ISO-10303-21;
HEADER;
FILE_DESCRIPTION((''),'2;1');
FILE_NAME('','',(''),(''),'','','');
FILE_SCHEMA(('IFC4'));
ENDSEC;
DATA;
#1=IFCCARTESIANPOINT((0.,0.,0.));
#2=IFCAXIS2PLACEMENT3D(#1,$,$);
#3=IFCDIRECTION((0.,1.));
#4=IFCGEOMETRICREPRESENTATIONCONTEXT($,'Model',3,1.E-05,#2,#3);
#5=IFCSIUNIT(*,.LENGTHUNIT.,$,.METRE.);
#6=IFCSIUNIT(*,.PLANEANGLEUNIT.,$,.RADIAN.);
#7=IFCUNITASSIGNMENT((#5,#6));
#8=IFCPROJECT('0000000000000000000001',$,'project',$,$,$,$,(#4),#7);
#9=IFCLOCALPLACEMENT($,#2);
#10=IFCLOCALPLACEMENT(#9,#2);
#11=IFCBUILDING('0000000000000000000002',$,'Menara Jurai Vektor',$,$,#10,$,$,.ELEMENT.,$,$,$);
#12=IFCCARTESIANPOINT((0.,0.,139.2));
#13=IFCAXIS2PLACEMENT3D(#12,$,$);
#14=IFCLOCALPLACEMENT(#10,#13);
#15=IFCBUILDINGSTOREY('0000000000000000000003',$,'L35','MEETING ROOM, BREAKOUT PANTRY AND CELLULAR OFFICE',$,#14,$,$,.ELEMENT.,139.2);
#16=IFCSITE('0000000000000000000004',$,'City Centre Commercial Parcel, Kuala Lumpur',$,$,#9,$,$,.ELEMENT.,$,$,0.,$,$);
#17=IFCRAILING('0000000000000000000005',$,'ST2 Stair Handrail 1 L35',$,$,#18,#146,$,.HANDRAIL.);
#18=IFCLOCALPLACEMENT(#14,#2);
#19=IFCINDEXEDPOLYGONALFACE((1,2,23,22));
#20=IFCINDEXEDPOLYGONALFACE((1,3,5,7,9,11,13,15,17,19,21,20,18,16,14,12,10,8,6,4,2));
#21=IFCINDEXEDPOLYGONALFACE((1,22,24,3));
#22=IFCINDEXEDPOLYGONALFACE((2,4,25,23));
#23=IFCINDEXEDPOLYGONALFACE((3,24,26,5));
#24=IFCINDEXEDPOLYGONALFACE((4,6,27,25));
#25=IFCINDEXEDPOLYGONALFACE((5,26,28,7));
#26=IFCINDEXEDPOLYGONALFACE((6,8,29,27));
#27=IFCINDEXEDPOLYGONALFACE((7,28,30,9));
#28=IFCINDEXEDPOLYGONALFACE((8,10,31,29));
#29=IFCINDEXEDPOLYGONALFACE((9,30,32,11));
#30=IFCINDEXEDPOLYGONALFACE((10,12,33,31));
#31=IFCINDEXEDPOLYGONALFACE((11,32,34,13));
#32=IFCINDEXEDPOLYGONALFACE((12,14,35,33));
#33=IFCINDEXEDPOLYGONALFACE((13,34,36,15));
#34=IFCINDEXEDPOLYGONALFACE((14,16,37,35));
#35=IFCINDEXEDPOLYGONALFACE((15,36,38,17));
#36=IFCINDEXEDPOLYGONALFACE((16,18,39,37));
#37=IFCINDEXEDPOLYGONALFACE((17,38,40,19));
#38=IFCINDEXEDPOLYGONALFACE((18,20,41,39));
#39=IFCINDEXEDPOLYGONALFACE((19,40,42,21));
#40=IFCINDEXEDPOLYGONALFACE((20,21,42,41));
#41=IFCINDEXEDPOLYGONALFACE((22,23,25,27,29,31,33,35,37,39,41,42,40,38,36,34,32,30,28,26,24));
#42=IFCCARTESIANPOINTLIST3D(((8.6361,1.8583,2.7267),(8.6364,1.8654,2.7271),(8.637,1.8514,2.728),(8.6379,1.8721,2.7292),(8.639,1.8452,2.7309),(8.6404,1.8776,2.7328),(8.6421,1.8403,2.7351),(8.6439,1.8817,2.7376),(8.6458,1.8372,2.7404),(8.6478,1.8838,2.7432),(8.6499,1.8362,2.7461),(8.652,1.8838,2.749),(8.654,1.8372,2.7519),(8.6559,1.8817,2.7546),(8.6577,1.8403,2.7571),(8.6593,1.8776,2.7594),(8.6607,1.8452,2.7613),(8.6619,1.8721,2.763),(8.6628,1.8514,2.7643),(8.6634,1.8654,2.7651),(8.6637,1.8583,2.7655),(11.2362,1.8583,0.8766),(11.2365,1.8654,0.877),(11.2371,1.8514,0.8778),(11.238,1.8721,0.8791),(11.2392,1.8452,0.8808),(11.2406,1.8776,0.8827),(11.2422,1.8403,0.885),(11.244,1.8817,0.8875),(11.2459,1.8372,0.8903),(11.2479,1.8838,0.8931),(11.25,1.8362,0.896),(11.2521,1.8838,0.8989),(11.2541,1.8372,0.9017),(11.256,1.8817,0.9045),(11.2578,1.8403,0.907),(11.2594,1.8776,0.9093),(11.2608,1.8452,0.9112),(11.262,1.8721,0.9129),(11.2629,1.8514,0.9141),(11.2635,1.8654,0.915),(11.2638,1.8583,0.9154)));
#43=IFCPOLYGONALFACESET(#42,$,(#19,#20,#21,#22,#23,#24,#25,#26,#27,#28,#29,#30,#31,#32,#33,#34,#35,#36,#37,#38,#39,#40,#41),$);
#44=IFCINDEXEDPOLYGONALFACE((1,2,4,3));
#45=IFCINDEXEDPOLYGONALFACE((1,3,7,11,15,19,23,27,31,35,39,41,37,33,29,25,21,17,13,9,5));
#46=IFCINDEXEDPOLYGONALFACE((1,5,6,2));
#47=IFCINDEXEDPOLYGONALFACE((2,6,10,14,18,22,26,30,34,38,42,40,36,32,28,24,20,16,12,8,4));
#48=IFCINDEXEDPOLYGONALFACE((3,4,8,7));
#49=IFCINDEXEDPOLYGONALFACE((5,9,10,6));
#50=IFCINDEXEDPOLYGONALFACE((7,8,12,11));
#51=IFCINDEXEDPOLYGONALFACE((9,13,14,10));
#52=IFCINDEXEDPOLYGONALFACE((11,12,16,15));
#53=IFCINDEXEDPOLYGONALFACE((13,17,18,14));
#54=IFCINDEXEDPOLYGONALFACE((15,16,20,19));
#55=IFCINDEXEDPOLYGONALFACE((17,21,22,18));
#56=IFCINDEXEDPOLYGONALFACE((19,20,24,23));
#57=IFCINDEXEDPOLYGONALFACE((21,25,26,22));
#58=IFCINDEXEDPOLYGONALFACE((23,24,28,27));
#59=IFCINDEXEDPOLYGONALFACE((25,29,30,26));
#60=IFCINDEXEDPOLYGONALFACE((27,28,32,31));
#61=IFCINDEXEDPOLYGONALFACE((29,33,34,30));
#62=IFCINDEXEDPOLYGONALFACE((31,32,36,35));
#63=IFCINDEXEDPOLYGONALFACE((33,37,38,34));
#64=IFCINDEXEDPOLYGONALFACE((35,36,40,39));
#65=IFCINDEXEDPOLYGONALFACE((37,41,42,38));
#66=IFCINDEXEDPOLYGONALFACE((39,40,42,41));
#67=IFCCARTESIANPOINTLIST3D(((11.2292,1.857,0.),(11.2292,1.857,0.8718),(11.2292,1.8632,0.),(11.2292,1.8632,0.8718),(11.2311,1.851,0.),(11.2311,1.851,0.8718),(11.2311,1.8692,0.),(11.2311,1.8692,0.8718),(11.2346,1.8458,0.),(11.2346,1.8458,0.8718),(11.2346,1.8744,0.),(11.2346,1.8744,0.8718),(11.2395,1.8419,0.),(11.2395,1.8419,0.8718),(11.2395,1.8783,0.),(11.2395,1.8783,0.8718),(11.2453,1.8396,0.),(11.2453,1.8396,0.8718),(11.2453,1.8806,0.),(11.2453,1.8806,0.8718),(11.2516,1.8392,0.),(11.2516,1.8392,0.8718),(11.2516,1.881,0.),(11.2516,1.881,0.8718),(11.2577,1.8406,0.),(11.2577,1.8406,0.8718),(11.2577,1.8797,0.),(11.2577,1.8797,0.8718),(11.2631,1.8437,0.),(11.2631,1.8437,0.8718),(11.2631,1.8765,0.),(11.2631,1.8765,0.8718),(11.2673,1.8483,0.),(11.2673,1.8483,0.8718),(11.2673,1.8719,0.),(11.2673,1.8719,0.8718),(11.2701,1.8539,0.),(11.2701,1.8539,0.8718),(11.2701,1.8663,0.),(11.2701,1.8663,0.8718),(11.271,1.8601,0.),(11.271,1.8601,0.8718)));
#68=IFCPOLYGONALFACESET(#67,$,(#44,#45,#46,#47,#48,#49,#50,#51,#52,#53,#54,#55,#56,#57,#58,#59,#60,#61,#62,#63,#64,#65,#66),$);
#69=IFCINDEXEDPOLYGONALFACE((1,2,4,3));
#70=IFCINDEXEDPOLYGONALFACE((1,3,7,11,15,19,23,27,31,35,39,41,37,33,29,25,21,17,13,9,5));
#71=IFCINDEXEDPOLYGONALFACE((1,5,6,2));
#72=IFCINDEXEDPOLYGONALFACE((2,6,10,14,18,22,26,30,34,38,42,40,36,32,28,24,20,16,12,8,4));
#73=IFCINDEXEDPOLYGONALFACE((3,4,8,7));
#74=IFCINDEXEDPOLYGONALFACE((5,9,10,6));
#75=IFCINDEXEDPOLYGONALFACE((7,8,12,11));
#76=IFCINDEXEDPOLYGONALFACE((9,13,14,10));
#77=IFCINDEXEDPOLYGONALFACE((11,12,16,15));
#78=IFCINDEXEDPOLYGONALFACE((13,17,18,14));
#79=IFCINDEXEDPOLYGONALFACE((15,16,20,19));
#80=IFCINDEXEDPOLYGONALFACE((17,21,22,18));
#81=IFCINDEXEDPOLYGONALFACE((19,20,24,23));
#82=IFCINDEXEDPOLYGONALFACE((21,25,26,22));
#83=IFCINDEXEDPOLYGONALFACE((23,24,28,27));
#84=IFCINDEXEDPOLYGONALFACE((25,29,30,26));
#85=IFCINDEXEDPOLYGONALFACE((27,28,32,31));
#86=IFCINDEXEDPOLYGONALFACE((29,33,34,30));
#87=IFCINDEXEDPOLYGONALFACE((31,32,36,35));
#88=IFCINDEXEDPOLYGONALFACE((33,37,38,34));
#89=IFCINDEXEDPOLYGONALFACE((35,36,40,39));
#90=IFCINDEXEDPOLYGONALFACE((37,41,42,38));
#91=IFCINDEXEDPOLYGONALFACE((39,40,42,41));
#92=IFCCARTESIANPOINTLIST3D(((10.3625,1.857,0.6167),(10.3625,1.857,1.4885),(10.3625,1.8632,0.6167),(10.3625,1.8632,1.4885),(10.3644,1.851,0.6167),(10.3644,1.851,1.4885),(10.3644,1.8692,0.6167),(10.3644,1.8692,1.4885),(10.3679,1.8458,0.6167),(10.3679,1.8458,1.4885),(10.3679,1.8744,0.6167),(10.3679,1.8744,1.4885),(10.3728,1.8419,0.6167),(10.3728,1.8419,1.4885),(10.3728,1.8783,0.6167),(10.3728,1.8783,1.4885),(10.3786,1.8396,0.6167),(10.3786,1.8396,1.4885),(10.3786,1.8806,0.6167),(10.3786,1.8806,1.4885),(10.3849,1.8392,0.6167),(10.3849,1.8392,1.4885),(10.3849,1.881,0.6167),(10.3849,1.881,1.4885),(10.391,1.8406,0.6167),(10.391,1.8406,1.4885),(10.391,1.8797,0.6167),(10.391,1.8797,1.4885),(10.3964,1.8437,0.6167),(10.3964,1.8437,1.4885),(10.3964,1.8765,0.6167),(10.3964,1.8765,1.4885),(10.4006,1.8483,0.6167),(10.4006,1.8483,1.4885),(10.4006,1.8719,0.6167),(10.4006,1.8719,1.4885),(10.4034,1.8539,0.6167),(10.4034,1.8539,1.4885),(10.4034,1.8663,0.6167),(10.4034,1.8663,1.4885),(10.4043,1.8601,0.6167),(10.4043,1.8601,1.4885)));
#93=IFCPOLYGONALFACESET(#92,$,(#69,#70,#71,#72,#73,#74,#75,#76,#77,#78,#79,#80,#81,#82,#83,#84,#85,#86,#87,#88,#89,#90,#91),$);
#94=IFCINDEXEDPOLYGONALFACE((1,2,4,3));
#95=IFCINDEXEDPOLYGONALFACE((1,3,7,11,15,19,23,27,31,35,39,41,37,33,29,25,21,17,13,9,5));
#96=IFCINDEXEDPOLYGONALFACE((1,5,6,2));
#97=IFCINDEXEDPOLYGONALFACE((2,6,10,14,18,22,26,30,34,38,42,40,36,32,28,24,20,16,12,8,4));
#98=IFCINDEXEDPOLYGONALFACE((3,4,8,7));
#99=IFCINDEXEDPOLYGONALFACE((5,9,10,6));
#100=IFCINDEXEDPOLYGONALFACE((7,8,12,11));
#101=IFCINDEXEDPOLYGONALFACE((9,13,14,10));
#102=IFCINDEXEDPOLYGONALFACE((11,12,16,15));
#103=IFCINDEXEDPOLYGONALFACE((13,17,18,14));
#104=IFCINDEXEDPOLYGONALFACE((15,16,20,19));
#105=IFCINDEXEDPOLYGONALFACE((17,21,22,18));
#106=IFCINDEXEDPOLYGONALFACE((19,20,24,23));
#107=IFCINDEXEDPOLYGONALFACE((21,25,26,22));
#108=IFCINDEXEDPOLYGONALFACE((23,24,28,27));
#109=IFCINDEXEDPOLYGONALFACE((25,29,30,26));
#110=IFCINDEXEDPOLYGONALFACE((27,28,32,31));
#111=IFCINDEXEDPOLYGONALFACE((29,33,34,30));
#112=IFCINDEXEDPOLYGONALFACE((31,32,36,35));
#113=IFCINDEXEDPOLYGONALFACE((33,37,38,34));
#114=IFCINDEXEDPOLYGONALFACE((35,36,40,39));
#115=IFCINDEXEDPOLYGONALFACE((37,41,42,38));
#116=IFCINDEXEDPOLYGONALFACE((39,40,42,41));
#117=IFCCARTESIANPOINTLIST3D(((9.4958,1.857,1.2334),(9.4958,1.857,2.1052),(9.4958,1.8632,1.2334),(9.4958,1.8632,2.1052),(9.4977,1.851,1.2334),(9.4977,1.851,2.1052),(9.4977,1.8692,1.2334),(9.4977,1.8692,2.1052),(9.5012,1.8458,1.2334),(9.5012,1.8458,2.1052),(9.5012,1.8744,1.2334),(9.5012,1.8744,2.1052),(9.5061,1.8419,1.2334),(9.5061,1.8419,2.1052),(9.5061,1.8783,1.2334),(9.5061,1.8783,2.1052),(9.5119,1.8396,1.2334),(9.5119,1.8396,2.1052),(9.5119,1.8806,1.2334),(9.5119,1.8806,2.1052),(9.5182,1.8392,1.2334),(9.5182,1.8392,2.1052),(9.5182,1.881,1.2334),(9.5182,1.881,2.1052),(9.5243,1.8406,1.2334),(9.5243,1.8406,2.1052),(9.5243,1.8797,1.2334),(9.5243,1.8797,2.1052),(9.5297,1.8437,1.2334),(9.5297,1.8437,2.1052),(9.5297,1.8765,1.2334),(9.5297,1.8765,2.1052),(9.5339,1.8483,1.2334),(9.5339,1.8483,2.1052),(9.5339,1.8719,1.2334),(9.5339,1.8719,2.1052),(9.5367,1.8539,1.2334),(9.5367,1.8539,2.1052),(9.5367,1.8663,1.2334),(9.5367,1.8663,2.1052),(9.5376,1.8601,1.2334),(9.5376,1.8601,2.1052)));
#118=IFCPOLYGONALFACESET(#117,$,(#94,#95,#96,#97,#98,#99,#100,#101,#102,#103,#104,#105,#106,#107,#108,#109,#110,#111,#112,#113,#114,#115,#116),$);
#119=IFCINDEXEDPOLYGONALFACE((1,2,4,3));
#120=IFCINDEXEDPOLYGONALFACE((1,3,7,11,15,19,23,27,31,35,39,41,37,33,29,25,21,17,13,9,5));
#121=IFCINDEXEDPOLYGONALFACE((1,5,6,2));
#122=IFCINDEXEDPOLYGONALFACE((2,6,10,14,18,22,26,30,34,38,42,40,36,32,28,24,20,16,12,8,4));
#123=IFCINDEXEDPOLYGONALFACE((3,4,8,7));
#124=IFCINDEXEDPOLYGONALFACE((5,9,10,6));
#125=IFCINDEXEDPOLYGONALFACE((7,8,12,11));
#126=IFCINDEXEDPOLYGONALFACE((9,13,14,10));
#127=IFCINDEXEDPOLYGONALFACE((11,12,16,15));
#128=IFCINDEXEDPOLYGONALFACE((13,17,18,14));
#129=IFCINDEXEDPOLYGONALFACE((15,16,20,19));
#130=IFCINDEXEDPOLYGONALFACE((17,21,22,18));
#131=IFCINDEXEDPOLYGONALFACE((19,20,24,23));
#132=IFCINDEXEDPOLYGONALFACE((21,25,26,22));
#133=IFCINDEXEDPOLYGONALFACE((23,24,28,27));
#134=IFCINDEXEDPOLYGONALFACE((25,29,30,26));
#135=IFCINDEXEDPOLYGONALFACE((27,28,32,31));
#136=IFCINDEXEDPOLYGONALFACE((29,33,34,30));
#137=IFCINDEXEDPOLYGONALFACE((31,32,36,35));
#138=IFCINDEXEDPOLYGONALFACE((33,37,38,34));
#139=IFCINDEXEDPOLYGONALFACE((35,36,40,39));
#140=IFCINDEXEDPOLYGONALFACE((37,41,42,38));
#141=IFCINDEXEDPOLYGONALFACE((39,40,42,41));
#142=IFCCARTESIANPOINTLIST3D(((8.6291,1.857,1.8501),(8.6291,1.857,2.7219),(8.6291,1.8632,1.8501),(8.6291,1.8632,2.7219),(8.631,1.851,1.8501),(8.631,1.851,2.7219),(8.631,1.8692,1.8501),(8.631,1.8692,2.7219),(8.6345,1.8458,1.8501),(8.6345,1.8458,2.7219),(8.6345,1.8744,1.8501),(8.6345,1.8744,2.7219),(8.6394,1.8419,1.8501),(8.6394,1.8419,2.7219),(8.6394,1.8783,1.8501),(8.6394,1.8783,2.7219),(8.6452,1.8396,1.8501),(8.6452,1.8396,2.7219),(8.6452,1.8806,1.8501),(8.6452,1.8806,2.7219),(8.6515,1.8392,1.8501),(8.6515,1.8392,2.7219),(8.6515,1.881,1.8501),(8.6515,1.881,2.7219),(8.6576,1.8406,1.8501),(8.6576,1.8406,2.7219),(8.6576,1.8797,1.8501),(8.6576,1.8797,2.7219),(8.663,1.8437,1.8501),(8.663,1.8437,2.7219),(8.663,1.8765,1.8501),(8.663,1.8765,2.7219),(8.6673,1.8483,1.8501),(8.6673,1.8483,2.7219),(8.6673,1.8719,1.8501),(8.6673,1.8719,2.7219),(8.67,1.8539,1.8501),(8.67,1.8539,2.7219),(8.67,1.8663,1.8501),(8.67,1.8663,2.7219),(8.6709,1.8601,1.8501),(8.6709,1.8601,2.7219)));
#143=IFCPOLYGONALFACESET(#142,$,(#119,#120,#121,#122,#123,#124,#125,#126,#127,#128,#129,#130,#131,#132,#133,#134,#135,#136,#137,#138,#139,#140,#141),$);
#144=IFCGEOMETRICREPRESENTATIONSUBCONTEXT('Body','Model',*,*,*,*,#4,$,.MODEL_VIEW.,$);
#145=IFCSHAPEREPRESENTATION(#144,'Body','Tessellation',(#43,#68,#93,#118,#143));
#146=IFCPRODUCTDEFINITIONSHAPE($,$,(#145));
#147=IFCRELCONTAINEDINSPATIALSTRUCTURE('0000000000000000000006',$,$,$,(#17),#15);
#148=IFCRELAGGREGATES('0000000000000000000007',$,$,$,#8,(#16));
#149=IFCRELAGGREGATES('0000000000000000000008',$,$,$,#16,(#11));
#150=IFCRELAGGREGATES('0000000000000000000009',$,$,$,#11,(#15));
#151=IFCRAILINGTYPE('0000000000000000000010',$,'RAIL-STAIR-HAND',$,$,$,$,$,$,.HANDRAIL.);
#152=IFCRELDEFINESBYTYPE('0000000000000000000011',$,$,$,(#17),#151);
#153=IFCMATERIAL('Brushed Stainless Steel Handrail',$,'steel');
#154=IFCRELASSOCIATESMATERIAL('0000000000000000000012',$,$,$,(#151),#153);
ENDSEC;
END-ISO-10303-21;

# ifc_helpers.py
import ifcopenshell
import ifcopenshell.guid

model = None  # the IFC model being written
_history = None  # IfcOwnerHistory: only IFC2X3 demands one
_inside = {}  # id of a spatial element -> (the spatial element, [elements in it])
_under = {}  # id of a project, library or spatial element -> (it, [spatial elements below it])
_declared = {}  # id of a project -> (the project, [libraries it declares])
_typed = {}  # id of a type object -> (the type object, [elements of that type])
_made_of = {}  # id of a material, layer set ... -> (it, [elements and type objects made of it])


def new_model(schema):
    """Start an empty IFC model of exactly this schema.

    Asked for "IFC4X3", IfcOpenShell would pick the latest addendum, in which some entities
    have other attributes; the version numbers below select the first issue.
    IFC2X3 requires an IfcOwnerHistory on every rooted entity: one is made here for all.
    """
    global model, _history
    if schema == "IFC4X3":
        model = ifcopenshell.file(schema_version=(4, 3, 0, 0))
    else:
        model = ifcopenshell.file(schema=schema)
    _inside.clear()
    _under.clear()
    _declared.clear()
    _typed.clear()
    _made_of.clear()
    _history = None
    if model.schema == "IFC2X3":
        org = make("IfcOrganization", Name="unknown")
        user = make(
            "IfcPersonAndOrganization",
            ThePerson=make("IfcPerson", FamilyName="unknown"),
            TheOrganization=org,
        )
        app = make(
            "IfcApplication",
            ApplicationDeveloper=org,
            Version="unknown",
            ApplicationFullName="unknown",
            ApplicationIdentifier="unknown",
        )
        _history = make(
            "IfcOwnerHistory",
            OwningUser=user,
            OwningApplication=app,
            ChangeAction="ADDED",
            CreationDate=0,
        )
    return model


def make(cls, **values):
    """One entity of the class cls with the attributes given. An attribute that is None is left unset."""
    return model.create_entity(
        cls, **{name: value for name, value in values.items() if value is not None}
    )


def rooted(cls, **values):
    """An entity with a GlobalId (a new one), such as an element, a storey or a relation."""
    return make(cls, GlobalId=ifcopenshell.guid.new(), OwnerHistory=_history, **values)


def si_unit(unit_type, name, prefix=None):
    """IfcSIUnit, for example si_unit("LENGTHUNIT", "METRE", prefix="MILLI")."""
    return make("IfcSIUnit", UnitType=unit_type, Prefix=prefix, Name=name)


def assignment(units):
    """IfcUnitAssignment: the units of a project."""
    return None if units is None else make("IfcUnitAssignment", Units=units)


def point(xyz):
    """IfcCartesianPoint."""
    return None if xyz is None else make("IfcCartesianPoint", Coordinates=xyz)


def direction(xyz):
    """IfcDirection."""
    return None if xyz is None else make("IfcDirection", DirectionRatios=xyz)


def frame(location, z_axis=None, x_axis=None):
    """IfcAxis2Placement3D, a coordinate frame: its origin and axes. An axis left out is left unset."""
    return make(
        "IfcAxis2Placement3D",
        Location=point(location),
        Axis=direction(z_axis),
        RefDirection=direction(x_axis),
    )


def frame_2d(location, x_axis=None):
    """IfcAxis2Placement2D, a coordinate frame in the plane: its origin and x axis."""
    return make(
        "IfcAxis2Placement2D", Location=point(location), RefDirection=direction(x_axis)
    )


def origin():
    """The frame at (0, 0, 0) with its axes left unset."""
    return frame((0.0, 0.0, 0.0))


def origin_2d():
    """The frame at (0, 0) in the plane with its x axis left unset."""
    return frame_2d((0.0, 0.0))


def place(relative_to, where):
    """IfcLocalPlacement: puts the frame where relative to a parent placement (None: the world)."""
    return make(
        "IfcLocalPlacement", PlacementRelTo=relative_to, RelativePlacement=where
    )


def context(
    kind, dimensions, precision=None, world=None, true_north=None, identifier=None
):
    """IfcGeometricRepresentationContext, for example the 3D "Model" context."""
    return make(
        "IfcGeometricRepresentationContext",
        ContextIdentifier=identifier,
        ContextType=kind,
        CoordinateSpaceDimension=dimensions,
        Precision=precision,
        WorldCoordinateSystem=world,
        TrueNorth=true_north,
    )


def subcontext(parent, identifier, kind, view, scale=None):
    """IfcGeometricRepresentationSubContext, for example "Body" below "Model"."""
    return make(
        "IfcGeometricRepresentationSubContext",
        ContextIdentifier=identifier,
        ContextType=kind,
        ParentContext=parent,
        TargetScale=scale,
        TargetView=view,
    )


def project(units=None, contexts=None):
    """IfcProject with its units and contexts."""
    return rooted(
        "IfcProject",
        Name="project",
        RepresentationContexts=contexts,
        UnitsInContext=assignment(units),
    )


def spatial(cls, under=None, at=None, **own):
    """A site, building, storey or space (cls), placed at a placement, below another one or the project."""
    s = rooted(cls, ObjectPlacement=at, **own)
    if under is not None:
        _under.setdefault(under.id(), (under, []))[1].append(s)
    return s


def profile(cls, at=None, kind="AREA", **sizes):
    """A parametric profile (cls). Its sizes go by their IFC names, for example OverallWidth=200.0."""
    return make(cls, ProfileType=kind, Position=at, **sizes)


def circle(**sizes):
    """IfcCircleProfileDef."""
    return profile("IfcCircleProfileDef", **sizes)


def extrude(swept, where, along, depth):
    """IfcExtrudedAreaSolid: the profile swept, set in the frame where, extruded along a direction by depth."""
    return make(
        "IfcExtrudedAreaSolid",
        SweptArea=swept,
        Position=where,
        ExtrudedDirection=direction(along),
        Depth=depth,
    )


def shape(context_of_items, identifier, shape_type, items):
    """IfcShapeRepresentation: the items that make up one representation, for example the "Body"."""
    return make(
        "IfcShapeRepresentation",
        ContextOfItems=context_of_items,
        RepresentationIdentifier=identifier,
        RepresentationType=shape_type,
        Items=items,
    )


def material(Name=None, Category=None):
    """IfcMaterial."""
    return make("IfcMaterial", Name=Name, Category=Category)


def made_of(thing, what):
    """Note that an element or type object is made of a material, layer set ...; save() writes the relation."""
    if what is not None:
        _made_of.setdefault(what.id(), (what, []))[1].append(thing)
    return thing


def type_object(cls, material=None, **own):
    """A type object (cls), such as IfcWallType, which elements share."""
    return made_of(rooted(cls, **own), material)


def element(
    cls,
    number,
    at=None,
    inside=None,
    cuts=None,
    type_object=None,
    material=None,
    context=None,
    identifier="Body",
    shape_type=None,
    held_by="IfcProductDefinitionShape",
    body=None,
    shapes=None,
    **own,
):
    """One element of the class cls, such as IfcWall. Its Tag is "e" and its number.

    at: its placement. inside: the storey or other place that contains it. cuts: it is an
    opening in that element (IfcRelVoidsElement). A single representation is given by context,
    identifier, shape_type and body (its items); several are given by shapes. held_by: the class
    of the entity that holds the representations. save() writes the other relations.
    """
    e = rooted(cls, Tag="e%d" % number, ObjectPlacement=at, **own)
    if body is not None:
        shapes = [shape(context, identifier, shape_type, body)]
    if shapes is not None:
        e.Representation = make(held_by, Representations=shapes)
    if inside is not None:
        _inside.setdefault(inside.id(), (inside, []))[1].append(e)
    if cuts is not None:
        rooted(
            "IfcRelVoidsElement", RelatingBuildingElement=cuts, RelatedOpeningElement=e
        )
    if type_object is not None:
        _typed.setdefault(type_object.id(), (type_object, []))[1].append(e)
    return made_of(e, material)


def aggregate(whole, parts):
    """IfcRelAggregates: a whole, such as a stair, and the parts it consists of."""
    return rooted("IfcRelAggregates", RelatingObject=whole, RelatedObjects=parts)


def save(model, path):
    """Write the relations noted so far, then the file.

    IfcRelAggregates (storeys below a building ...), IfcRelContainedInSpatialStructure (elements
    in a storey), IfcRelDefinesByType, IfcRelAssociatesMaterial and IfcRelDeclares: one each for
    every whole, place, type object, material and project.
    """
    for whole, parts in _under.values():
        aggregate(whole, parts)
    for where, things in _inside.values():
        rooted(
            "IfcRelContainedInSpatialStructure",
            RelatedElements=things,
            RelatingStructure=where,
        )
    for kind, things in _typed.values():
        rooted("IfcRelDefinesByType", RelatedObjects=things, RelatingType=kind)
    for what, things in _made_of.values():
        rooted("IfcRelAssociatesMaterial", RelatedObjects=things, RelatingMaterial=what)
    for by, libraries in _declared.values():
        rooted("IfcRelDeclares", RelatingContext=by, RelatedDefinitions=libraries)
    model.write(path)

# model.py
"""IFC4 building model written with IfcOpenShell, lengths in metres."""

from ifc_helpers import new_model, si_unit, direction, frame, origin, origin_2d, place, context, subcontext, project, spatial, circle, extrude, material, type_object, element, save


model = new_model("IFC4")

# Units and contexts
model_context = context("Model", 3, precision=1e-05, world=origin(), true_north=direction((0.0, 1.0)))
body_context = subcontext(model_context, "Body", "Model", "MODEL_VIEW")
ifc_project = project(units=[si_unit("LENGTHUNIT", "METRE"), si_unit("PLANEANGLEUNIT", "RADIAN")], contexts=[model_context])

# Site, building, storey
site_placement = place(None, origin())
site = spatial("IfcSite", under=ifc_project, at=site_placement, Name="City Centre Commercial Parcel, Kuala Lumpur", CompositionType="ELEMENT", RefElevation=0.0)
building_placement = place(site_placement, origin())
building = spatial("IfcBuilding", under=site, at=building_placement, Name="Menara Jurai Vektor", CompositionType="ELEMENT")
storey_placement = place(building_placement, frame((0.0, 0.0, 139.2)))
storey = spatial("IfcBuildingStorey", under=building, at=storey_placement, Name="L35", Description="MEETING ROOM, BREAKOUT PANTRY AND CELLULAR OFFICE", CompositionType="ELEMENT", Elevation=139.2)

# Railing
ifc_material_1 = material(Name="Brushed Stainless Steel Handrail", Category="steel")
railing_type_1 = type_object("IfcRailingType", Name="RAIL-STAIR-HAND", PredefinedType="HANDRAIL", material=ifc_material_1)
railing_1_placement = place(storey_placement, frame((11.25, 1.8601, 0.0)))
element("IfcRailing", 1, at=railing_1_placement, inside=storey, type_object=railing_type_1, Name="ST2 Stair Handrail 1 L35", PredefinedType="HANDRAIL", context=body_context, shape_type="SweptSolid", body=[
    extrude(circle(Radius=0.0239, at=origin_2d()), frame((0.0, 0.0, 0.896), z_axis=(-0.814787, 0.0, 0.579761), x_axis=(0.0, -1.0, 0.0)), (0.0, 0.0, 1.0), 3.1912),
    extrude(circle(Radius=0.021, at=origin_2d()), origin(), (0.0, 0.0, 1.0), 0.8718),
    extrude(circle(Radius=0.021, at=origin_2d()), frame((-0.8667, 0.0, 0.6167)), (0.0, 0.0, 1.0), 0.8718),
    extrude(circle(Radius=0.021, at=origin_2d()), frame((-1.7334, 0.0, 1.2334)), (0.0, 0.0, 1.0), 0.8718),
    extrude(circle(Radius=0.021, at=origin_2d()), frame((-2.6001, 0.0, 1.8501)), (0.0, 0.0, 1.0), 0.8718),
])

save(model, "model.ifc")
